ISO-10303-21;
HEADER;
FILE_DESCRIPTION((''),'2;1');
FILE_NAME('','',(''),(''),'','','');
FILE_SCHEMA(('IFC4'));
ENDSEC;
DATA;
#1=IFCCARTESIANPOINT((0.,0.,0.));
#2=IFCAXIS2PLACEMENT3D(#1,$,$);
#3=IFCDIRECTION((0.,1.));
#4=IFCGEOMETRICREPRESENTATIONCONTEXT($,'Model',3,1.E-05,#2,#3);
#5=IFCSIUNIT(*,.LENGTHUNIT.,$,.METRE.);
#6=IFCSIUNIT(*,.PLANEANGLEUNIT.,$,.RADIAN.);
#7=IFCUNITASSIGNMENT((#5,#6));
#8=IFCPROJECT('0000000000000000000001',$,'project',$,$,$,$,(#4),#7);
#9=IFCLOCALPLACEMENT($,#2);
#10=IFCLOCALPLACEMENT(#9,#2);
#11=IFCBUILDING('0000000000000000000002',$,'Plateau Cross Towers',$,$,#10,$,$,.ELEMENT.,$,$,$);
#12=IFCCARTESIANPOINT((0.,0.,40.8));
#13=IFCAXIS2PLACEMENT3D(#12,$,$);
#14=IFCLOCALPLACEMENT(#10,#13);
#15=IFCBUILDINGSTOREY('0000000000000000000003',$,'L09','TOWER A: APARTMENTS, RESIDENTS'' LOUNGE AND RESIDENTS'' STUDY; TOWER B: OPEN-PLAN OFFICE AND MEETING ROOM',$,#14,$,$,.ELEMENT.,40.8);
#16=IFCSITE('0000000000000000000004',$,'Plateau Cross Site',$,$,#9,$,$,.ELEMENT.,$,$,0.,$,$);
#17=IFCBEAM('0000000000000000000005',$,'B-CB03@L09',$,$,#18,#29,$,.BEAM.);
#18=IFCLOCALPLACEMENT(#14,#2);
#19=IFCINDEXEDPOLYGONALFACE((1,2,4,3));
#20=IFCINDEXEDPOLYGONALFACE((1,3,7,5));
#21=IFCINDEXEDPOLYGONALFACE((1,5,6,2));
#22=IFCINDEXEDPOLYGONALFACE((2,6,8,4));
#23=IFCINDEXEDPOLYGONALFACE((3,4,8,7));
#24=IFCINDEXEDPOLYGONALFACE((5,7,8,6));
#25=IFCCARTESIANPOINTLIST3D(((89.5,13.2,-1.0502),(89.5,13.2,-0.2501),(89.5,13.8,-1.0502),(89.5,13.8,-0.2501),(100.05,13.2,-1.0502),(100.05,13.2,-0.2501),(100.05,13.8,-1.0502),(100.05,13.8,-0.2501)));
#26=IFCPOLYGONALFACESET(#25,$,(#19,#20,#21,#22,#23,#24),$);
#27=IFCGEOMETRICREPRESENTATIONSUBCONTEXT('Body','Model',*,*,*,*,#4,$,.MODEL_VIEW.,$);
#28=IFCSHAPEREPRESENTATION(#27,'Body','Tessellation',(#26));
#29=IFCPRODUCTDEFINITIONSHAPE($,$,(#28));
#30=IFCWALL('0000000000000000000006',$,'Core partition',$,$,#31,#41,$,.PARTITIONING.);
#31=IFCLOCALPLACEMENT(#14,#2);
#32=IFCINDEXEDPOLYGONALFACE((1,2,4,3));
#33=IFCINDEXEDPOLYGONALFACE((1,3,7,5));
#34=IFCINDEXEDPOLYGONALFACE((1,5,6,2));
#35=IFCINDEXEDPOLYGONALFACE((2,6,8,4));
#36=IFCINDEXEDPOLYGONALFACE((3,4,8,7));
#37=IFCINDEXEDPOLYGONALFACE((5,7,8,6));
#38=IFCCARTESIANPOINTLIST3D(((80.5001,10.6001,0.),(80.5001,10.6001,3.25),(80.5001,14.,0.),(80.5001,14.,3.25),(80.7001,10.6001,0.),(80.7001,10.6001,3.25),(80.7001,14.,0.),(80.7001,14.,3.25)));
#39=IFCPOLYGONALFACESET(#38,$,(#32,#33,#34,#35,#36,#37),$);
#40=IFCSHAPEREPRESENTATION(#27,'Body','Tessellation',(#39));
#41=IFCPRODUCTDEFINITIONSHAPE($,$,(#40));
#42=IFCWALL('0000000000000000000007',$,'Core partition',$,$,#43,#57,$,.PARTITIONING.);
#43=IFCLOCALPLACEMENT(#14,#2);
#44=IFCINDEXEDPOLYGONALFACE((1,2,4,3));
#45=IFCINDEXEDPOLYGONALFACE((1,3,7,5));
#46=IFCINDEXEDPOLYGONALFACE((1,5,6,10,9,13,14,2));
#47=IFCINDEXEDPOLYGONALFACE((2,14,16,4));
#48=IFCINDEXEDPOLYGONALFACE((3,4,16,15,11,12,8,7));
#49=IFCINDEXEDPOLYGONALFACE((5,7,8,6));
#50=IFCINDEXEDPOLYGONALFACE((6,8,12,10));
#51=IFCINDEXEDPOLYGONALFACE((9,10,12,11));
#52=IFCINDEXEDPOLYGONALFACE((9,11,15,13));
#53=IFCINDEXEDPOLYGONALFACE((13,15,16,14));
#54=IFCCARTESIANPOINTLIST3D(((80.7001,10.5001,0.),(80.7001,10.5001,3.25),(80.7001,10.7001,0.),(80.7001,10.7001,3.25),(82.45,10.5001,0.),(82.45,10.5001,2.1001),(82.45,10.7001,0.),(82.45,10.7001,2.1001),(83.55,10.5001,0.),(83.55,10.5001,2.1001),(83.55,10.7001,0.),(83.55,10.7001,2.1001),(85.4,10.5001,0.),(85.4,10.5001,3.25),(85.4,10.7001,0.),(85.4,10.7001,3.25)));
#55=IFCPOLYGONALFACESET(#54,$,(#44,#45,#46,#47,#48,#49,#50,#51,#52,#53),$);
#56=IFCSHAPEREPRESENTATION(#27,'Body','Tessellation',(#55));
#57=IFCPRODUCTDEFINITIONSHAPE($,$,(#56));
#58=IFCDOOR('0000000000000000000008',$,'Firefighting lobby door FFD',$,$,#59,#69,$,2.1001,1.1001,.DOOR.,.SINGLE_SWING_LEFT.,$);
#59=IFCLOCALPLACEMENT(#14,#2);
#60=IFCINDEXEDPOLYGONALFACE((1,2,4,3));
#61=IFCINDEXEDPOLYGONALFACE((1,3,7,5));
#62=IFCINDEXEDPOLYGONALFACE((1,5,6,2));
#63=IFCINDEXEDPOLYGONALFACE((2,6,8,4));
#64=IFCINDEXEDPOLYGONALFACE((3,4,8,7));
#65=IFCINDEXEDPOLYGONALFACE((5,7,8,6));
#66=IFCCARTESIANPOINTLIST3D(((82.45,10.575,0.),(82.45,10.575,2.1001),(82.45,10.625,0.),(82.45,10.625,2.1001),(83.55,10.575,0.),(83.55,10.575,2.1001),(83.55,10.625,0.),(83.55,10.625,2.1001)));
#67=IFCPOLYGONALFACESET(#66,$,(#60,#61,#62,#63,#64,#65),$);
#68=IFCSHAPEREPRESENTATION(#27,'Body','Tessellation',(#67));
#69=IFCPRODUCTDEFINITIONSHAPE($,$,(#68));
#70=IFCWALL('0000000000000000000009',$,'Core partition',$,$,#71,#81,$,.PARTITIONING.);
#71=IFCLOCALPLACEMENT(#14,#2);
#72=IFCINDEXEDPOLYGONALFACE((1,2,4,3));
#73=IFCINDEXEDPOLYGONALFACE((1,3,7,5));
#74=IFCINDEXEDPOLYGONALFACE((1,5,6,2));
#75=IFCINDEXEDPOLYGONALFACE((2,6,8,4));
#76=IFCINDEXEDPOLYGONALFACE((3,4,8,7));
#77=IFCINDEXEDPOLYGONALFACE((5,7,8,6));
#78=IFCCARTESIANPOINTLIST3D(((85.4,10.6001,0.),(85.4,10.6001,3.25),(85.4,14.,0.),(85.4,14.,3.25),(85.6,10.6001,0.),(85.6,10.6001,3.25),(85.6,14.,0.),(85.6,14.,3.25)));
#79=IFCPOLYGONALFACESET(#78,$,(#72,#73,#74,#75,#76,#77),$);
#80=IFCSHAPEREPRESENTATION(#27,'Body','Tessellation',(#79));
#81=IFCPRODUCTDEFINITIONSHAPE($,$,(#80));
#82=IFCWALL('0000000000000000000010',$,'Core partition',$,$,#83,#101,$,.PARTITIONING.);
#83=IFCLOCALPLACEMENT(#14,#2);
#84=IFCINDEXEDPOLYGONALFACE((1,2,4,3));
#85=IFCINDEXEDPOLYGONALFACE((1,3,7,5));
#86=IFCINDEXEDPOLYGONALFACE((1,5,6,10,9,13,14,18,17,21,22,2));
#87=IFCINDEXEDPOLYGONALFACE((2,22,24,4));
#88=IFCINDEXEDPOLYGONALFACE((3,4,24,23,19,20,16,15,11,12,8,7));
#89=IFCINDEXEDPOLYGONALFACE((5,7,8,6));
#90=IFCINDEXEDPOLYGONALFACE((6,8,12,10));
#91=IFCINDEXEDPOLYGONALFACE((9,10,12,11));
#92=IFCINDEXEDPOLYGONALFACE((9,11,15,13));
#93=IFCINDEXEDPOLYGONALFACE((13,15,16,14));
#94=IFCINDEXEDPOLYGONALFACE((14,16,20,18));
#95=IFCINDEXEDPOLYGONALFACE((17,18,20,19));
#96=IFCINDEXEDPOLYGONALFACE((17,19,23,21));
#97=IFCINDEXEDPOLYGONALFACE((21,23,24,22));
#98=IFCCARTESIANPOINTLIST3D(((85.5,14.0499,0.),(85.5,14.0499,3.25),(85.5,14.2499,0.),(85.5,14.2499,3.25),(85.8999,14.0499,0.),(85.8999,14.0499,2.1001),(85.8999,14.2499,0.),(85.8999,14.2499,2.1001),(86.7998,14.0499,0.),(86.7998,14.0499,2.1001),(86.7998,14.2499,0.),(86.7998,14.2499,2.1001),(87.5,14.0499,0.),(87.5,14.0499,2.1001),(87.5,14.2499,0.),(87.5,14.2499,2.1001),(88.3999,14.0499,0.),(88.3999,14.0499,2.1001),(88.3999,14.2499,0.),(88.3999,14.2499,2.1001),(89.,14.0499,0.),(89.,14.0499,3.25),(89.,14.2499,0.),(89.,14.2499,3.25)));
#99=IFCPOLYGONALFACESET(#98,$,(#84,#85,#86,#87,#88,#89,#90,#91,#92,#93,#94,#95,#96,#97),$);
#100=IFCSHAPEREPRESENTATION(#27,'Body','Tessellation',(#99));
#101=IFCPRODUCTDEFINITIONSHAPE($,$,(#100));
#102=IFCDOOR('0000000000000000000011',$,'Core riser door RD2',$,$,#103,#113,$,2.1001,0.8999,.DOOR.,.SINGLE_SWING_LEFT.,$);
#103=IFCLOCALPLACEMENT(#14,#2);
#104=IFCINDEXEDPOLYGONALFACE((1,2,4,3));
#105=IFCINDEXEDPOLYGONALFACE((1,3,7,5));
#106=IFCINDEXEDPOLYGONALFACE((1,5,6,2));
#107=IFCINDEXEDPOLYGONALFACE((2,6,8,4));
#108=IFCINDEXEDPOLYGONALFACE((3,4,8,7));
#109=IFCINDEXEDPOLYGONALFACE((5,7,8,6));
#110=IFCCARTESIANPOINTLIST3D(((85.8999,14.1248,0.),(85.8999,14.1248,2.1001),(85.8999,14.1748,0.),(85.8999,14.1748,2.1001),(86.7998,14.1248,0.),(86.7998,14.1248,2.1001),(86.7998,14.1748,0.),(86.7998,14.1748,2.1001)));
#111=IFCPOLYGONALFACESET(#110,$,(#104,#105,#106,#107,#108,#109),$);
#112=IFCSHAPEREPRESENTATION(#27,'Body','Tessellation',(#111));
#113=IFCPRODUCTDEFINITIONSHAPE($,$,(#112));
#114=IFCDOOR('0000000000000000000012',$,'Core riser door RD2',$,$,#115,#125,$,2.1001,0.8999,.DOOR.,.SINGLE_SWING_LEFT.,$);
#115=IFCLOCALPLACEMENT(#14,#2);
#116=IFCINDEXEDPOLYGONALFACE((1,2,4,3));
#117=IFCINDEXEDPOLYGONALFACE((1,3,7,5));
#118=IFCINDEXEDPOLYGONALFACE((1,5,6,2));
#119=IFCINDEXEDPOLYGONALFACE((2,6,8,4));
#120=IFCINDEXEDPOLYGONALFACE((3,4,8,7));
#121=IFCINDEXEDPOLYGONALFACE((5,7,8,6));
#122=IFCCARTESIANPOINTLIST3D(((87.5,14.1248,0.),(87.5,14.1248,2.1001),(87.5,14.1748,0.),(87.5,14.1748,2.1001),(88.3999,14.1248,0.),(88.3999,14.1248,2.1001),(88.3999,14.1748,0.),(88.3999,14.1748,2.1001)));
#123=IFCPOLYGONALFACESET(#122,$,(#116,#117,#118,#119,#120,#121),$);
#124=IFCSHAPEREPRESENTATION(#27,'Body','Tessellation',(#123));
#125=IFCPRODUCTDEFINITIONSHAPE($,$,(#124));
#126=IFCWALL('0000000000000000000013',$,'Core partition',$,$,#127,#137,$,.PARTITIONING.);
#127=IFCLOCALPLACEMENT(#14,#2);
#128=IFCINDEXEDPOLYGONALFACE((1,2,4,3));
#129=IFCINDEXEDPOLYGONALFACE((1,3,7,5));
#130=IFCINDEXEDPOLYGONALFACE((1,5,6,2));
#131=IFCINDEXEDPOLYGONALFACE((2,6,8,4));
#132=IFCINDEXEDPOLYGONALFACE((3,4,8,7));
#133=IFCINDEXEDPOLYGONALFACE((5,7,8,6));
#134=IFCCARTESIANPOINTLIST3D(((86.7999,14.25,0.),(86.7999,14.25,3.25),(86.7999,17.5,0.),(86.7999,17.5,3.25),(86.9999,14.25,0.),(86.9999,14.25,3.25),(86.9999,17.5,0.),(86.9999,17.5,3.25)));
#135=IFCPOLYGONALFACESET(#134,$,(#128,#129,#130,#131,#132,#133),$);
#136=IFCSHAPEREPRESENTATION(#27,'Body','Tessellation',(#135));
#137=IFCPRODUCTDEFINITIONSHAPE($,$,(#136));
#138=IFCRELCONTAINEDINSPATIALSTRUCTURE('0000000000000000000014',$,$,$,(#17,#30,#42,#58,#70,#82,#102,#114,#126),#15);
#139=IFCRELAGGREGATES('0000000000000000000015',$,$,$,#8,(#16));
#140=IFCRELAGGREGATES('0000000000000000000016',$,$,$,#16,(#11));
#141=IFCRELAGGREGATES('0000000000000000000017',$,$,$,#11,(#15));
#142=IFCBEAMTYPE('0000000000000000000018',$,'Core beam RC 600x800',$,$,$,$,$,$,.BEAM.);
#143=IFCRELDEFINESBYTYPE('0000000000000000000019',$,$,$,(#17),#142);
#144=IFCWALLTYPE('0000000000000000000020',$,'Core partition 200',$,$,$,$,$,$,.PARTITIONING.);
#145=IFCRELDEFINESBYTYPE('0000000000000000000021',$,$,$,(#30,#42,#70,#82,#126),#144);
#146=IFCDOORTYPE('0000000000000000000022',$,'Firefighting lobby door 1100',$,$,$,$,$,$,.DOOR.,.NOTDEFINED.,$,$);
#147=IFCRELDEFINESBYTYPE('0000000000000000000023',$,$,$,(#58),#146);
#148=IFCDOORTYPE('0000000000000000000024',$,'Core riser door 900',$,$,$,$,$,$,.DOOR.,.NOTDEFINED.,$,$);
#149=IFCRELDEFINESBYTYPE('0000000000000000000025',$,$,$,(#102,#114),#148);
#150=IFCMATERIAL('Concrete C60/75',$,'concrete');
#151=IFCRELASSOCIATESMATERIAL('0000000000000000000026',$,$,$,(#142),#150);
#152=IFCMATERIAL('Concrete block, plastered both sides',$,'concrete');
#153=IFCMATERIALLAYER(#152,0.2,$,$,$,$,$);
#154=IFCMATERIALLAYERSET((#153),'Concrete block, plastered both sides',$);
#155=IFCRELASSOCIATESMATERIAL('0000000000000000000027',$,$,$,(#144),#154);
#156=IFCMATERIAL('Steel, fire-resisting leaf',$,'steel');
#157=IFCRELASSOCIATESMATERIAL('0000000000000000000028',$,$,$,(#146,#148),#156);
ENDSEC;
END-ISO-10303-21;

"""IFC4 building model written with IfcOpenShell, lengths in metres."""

from ifc_helpers import new_model, si_unit, direction, frame, frame_2d, origin, origin_2d, place, context, subcontext, project, spatial, rectangle, extrude, material, layer, layer_set, material_profile, profile_set, type_object, element, fill, save


model = new_model("IFC4")

# Units and contexts
model_context = context("Model", 3, precision=1e-05, world=origin(), true_north=direction((0.0, 1.0)))
body_context = subcontext(model_context, "Body", "Model", "MODEL_VIEW")
ifc_project = project(units=[si_unit("LENGTHUNIT", "METRE"), si_unit("PLANEANGLEUNIT", "RADIAN")], contexts=[model_context])

# Site, building, storey
site_placement = place(None, origin())
site = spatial("IfcSite", under=ifc_project, at=site_placement, Name="Plateau Cross Site", CompositionType="ELEMENT", RefElevation=0.0)
building_placement = place(site_placement, origin())
building = spatial("IfcBuilding", under=site, at=building_placement, Name="Plateau Cross Towers", CompositionType="ELEMENT")
storey_placement = place(building_placement, frame((0.0, 0.0, 40.8)))
storey = spatial("IfcBuildingStorey", under=building, at=storey_placement, Name="L09", Description="TOWER A: APARTMENTS, RESIDENTS' LOUNGE AND RESIDENTS' STUDY; TOWER B: OPEN-PLAN OFFICE AND MEETING ROOM", CompositionType="ELEMENT", Elevation=40.8)

# Beam
ifc_material_1 = material(Name="Concrete C60/75", Category="concrete")
ifc_material_profile = material_profile(ifc_material_1, rectangle(XDim=0.6001, YDim=0.8, at=origin_2d()), Name="RC 600x800")
ifc_profile_set = profile_set([ifc_material_profile], Name="Concrete C60/75")
beam_type = type_object("IfcBeamType", Name="Core beam RC 600x800", PredefinedType="BEAM", material=ifc_profile_set)
beam_placement = place(storey_placement, frame((89.5, 13.5, -0.6501), z_axis=(1.0, 0.0, 0.0), x_axis=(0.0, 1.0, 0.0)))
element("IfcBeam", 1, at=beam_placement, inside=storey, type_object=beam_type, Name="B-CB03@L09", PredefinedType="BEAM", context=body_context, shape_type="SweptSolid", body=[
    extrude(rectangle(XDim=0.6001, YDim=0.8, at=origin_2d()), origin(), (0.0, 0.0, 1.0), 10.55),
])

# Wall
ifc_material_2 = material(Name="Concrete block, plastered both sides", Category="concrete")
ifc_layer_1 = layer(ifc_material_2, 0.2)
ifc_layer_set_1 = layer_set([ifc_layer_1], Name="Concrete block, plastered both sides")
wall_type_1 = type_object("IfcWallType", Name="Core partition 200", PredefinedType="PARTITIONING", material=ifc_layer_set_1)
wall_1_placement = place(storey_placement, frame((80.6001, 10.6001, 0.0), z_axis=(0.0, 0.0, 1.0), x_axis=(0.0, 1.0, 0.0)))
element("IfcWall", 2, at=wall_1_placement, inside=storey, type_object=wall_type_1, Name="Core partition", PredefinedType="PARTITIONING", context=body_context, shape_type="SweptSolid", body=[
    extrude(rectangle(XDim=3.3999, YDim=0.2, at=frame_2d((1.7, 0.0))), origin(), (0.0, 0.0, 1.0), 3.25),
])

# Wall, opening, door
wall_2_placement = place(storey_placement, frame((80.7, 10.6001, 0.0), z_axis=(0.0, 0.0, 1.0), x_axis=(1.0, 0.0, 0.0)))
wall_2 = element("IfcWall", 3, at=wall_2_placement, inside=storey, type_object=wall_type_1, Name="Core partition", PredefinedType="PARTITIONING", context=body_context, shape_type="SweptSolid", body=[
    extrude(rectangle(XDim=4.7, YDim=0.2, at=frame_2d((2.3501, 0.0))), origin(), (0.0, 0.0, 1.0), 3.25),
])
opening_1_placement = place(wall_2_placement, frame((1.75, 0.0, 0.0)))
opening_1 = element("IfcOpeningElement", 4, at=opening_1_placement, cuts=wall_2, PredefinedType="OPENING", context=body_context, shape_type="SweptSolid", body=[
    extrude(rectangle(XDim=1.1001, YDim=2.1001, at=frame_2d((0.55, 1.05))), frame((0.0, 0.1099, 0.0), z_axis=(0.0, -1.0, 0.0), x_axis=(1.0, 0.0, 0.0)), (0.0, 0.0, 1.0), 0.22),
])
ifc_material_3 = material(Name="Steel, fire-resisting leaf", Category="steel")
door_type_1 = type_object("IfcDoorType", Name="Firefighting lobby door 1100", OperationType="NOTDEFINED", PredefinedType="DOOR", material=ifc_material_3)
door_1_placement = place(opening_1_placement, origin())
door_1 = element("IfcDoor", 5, at=door_1_placement, inside=storey, type_object=door_type_1, Name="Firefighting lobby door FFD", OperationType="SINGLE_SWING_LEFT", OverallHeight=2.1001, OverallWidth=1.1001, PredefinedType="DOOR", context=body_context, shape_type="SweptSolid", body=[
    extrude(rectangle(XDim=1.1001, YDim=2.1001, at=frame_2d((0.55, 1.05))), frame((0.0, 0.0249, 0.0), z_axis=(0.0, -1.0, 0.0), x_axis=(1.0, 0.0, 0.0)), (0.0, 0.0, 1.0), 0.05),
])
fill(opening_1, door_1)

# Wall
wall_3_placement = place(storey_placement, frame((85.5, 10.6001, 0.0), z_axis=(0.0, 0.0, 1.0), x_axis=(0.0, 1.0, 0.0)))
element("IfcWall", 6, at=wall_3_placement, inside=storey, type_object=wall_type_1, Name="Core partition", PredefinedType="PARTITIONING", context=body_context, shape_type="SweptSolid", body=[
    extrude(rectangle(XDim=3.3999, YDim=0.2, at=frame_2d((1.7, 0.0))), origin(), (0.0, 0.0, 1.0), 3.25),
])

# Wall, openings, doors
wall_4_placement = place(storey_placement, frame((85.5, 14.1499, 0.0), z_axis=(0.0, 0.0, 1.0), x_axis=(1.0, 0.0, 0.0)))
wall_4 = element("IfcWall", 7, at=wall_4_placement, inside=storey, type_object=wall_type_1, Name="Core partition", PredefinedType="PARTITIONING", context=body_context, shape_type="SweptSolid", body=[
    extrude(rectangle(XDim=3.5, YDim=0.2, at=frame_2d((1.75, 0.0))), origin(), (0.0, 0.0, 1.0), 3.25),
])
opening_2_placement = place(wall_4_placement, frame((0.3999, 0.0, 0.0)))
opening_2 = element("IfcOpeningElement", 8, at=opening_2_placement, cuts=wall_4, PredefinedType="OPENING", context=body_context, shape_type="SweptSolid", body=[
    extrude(rectangle(XDim=0.8999, YDim=2.1001, at=frame_2d((0.45, 1.05))), frame((0.0, 0.1099, 0.0), z_axis=(0.0, -1.0, 0.0), x_axis=(1.0, 0.0, 0.0)), (0.0, 0.0, 1.0), 0.22),
])
opening_3_placement = place(wall_4_placement, frame((2.0, 0.0, 0.0)))
opening_3 = element("IfcOpeningElement", 9, at=opening_3_placement, cuts=wall_4, PredefinedType="OPENING", context=body_context, shape_type="SweptSolid", body=[
    extrude(rectangle(XDim=0.8999, YDim=2.1001, at=frame_2d((0.45, 1.05))), frame((0.0, 0.1099, 0.0), z_axis=(0.0, -1.0, 0.0), x_axis=(1.0, 0.0, 0.0)), (0.0, 0.0, 1.0), 0.22),
])
door_type_2 = type_object("IfcDoorType", Name="Core riser door 900", OperationType="NOTDEFINED", PredefinedType="DOOR", material=ifc_material_3)
door_2_placement = place(opening_2_placement, origin())
door_2 = element("IfcDoor", 10, at=door_2_placement, inside=storey, type_object=door_type_2, Name="Core riser door RD2", OperationType="SINGLE_SWING_LEFT", OverallHeight=2.1001, OverallWidth=0.8999, PredefinedType="DOOR", context=body_context, shape_type="SweptSolid", body=[
    extrude(rectangle(XDim=0.8999, YDim=2.1001, at=frame_2d((0.45, 1.05))), frame((0.0, 0.0249, 0.0), z_axis=(0.0, -1.0, 0.0), x_axis=(1.0, 0.0, 0.0)), (0.0, 0.0, 1.0), 0.05),
])
fill(opening_2, door_2)
door_3_placement = place(opening_3_placement, origin())
door_3 = element("IfcDoor", 11, at=door_3_placement, inside=storey, type_object=door_type_2, Name="Core riser door RD2", OperationType="SINGLE_SWING_LEFT", OverallHeight=2.1001, OverallWidth=0.8999, PredefinedType="DOOR", context=body_context, shape_type="SweptSolid", body=[
    extrude(rectangle(XDim=0.8999, YDim=2.1001, at=frame_2d((0.45, 1.05))), frame((0.0, 0.0249, 0.0), z_axis=(0.0, -1.0, 0.0), x_axis=(1.0, 0.0, 0.0)), (0.0, 0.0, 1.0), 0.05),
])
fill(opening_3, door_3)

# Wall
wall_5_placement = place(storey_placement, frame((86.8999, 14.25, 0.0), z_axis=(0.0, 0.0, 1.0), x_axis=(0.0, 1.0, 0.0)))
element("IfcWall", 12, at=wall_5_placement, inside=storey, type_object=wall_type_1, Name="Core partition", PredefinedType="PARTITIONING", context=body_context, shape_type="SweptSolid", body=[
    extrude(rectangle(XDim=3.25, YDim=0.2, at=frame_2d((1.625, 0.0))), origin(), (0.0, 0.0, 1.0), 3.25),
])

save(model, "model.ifc")
